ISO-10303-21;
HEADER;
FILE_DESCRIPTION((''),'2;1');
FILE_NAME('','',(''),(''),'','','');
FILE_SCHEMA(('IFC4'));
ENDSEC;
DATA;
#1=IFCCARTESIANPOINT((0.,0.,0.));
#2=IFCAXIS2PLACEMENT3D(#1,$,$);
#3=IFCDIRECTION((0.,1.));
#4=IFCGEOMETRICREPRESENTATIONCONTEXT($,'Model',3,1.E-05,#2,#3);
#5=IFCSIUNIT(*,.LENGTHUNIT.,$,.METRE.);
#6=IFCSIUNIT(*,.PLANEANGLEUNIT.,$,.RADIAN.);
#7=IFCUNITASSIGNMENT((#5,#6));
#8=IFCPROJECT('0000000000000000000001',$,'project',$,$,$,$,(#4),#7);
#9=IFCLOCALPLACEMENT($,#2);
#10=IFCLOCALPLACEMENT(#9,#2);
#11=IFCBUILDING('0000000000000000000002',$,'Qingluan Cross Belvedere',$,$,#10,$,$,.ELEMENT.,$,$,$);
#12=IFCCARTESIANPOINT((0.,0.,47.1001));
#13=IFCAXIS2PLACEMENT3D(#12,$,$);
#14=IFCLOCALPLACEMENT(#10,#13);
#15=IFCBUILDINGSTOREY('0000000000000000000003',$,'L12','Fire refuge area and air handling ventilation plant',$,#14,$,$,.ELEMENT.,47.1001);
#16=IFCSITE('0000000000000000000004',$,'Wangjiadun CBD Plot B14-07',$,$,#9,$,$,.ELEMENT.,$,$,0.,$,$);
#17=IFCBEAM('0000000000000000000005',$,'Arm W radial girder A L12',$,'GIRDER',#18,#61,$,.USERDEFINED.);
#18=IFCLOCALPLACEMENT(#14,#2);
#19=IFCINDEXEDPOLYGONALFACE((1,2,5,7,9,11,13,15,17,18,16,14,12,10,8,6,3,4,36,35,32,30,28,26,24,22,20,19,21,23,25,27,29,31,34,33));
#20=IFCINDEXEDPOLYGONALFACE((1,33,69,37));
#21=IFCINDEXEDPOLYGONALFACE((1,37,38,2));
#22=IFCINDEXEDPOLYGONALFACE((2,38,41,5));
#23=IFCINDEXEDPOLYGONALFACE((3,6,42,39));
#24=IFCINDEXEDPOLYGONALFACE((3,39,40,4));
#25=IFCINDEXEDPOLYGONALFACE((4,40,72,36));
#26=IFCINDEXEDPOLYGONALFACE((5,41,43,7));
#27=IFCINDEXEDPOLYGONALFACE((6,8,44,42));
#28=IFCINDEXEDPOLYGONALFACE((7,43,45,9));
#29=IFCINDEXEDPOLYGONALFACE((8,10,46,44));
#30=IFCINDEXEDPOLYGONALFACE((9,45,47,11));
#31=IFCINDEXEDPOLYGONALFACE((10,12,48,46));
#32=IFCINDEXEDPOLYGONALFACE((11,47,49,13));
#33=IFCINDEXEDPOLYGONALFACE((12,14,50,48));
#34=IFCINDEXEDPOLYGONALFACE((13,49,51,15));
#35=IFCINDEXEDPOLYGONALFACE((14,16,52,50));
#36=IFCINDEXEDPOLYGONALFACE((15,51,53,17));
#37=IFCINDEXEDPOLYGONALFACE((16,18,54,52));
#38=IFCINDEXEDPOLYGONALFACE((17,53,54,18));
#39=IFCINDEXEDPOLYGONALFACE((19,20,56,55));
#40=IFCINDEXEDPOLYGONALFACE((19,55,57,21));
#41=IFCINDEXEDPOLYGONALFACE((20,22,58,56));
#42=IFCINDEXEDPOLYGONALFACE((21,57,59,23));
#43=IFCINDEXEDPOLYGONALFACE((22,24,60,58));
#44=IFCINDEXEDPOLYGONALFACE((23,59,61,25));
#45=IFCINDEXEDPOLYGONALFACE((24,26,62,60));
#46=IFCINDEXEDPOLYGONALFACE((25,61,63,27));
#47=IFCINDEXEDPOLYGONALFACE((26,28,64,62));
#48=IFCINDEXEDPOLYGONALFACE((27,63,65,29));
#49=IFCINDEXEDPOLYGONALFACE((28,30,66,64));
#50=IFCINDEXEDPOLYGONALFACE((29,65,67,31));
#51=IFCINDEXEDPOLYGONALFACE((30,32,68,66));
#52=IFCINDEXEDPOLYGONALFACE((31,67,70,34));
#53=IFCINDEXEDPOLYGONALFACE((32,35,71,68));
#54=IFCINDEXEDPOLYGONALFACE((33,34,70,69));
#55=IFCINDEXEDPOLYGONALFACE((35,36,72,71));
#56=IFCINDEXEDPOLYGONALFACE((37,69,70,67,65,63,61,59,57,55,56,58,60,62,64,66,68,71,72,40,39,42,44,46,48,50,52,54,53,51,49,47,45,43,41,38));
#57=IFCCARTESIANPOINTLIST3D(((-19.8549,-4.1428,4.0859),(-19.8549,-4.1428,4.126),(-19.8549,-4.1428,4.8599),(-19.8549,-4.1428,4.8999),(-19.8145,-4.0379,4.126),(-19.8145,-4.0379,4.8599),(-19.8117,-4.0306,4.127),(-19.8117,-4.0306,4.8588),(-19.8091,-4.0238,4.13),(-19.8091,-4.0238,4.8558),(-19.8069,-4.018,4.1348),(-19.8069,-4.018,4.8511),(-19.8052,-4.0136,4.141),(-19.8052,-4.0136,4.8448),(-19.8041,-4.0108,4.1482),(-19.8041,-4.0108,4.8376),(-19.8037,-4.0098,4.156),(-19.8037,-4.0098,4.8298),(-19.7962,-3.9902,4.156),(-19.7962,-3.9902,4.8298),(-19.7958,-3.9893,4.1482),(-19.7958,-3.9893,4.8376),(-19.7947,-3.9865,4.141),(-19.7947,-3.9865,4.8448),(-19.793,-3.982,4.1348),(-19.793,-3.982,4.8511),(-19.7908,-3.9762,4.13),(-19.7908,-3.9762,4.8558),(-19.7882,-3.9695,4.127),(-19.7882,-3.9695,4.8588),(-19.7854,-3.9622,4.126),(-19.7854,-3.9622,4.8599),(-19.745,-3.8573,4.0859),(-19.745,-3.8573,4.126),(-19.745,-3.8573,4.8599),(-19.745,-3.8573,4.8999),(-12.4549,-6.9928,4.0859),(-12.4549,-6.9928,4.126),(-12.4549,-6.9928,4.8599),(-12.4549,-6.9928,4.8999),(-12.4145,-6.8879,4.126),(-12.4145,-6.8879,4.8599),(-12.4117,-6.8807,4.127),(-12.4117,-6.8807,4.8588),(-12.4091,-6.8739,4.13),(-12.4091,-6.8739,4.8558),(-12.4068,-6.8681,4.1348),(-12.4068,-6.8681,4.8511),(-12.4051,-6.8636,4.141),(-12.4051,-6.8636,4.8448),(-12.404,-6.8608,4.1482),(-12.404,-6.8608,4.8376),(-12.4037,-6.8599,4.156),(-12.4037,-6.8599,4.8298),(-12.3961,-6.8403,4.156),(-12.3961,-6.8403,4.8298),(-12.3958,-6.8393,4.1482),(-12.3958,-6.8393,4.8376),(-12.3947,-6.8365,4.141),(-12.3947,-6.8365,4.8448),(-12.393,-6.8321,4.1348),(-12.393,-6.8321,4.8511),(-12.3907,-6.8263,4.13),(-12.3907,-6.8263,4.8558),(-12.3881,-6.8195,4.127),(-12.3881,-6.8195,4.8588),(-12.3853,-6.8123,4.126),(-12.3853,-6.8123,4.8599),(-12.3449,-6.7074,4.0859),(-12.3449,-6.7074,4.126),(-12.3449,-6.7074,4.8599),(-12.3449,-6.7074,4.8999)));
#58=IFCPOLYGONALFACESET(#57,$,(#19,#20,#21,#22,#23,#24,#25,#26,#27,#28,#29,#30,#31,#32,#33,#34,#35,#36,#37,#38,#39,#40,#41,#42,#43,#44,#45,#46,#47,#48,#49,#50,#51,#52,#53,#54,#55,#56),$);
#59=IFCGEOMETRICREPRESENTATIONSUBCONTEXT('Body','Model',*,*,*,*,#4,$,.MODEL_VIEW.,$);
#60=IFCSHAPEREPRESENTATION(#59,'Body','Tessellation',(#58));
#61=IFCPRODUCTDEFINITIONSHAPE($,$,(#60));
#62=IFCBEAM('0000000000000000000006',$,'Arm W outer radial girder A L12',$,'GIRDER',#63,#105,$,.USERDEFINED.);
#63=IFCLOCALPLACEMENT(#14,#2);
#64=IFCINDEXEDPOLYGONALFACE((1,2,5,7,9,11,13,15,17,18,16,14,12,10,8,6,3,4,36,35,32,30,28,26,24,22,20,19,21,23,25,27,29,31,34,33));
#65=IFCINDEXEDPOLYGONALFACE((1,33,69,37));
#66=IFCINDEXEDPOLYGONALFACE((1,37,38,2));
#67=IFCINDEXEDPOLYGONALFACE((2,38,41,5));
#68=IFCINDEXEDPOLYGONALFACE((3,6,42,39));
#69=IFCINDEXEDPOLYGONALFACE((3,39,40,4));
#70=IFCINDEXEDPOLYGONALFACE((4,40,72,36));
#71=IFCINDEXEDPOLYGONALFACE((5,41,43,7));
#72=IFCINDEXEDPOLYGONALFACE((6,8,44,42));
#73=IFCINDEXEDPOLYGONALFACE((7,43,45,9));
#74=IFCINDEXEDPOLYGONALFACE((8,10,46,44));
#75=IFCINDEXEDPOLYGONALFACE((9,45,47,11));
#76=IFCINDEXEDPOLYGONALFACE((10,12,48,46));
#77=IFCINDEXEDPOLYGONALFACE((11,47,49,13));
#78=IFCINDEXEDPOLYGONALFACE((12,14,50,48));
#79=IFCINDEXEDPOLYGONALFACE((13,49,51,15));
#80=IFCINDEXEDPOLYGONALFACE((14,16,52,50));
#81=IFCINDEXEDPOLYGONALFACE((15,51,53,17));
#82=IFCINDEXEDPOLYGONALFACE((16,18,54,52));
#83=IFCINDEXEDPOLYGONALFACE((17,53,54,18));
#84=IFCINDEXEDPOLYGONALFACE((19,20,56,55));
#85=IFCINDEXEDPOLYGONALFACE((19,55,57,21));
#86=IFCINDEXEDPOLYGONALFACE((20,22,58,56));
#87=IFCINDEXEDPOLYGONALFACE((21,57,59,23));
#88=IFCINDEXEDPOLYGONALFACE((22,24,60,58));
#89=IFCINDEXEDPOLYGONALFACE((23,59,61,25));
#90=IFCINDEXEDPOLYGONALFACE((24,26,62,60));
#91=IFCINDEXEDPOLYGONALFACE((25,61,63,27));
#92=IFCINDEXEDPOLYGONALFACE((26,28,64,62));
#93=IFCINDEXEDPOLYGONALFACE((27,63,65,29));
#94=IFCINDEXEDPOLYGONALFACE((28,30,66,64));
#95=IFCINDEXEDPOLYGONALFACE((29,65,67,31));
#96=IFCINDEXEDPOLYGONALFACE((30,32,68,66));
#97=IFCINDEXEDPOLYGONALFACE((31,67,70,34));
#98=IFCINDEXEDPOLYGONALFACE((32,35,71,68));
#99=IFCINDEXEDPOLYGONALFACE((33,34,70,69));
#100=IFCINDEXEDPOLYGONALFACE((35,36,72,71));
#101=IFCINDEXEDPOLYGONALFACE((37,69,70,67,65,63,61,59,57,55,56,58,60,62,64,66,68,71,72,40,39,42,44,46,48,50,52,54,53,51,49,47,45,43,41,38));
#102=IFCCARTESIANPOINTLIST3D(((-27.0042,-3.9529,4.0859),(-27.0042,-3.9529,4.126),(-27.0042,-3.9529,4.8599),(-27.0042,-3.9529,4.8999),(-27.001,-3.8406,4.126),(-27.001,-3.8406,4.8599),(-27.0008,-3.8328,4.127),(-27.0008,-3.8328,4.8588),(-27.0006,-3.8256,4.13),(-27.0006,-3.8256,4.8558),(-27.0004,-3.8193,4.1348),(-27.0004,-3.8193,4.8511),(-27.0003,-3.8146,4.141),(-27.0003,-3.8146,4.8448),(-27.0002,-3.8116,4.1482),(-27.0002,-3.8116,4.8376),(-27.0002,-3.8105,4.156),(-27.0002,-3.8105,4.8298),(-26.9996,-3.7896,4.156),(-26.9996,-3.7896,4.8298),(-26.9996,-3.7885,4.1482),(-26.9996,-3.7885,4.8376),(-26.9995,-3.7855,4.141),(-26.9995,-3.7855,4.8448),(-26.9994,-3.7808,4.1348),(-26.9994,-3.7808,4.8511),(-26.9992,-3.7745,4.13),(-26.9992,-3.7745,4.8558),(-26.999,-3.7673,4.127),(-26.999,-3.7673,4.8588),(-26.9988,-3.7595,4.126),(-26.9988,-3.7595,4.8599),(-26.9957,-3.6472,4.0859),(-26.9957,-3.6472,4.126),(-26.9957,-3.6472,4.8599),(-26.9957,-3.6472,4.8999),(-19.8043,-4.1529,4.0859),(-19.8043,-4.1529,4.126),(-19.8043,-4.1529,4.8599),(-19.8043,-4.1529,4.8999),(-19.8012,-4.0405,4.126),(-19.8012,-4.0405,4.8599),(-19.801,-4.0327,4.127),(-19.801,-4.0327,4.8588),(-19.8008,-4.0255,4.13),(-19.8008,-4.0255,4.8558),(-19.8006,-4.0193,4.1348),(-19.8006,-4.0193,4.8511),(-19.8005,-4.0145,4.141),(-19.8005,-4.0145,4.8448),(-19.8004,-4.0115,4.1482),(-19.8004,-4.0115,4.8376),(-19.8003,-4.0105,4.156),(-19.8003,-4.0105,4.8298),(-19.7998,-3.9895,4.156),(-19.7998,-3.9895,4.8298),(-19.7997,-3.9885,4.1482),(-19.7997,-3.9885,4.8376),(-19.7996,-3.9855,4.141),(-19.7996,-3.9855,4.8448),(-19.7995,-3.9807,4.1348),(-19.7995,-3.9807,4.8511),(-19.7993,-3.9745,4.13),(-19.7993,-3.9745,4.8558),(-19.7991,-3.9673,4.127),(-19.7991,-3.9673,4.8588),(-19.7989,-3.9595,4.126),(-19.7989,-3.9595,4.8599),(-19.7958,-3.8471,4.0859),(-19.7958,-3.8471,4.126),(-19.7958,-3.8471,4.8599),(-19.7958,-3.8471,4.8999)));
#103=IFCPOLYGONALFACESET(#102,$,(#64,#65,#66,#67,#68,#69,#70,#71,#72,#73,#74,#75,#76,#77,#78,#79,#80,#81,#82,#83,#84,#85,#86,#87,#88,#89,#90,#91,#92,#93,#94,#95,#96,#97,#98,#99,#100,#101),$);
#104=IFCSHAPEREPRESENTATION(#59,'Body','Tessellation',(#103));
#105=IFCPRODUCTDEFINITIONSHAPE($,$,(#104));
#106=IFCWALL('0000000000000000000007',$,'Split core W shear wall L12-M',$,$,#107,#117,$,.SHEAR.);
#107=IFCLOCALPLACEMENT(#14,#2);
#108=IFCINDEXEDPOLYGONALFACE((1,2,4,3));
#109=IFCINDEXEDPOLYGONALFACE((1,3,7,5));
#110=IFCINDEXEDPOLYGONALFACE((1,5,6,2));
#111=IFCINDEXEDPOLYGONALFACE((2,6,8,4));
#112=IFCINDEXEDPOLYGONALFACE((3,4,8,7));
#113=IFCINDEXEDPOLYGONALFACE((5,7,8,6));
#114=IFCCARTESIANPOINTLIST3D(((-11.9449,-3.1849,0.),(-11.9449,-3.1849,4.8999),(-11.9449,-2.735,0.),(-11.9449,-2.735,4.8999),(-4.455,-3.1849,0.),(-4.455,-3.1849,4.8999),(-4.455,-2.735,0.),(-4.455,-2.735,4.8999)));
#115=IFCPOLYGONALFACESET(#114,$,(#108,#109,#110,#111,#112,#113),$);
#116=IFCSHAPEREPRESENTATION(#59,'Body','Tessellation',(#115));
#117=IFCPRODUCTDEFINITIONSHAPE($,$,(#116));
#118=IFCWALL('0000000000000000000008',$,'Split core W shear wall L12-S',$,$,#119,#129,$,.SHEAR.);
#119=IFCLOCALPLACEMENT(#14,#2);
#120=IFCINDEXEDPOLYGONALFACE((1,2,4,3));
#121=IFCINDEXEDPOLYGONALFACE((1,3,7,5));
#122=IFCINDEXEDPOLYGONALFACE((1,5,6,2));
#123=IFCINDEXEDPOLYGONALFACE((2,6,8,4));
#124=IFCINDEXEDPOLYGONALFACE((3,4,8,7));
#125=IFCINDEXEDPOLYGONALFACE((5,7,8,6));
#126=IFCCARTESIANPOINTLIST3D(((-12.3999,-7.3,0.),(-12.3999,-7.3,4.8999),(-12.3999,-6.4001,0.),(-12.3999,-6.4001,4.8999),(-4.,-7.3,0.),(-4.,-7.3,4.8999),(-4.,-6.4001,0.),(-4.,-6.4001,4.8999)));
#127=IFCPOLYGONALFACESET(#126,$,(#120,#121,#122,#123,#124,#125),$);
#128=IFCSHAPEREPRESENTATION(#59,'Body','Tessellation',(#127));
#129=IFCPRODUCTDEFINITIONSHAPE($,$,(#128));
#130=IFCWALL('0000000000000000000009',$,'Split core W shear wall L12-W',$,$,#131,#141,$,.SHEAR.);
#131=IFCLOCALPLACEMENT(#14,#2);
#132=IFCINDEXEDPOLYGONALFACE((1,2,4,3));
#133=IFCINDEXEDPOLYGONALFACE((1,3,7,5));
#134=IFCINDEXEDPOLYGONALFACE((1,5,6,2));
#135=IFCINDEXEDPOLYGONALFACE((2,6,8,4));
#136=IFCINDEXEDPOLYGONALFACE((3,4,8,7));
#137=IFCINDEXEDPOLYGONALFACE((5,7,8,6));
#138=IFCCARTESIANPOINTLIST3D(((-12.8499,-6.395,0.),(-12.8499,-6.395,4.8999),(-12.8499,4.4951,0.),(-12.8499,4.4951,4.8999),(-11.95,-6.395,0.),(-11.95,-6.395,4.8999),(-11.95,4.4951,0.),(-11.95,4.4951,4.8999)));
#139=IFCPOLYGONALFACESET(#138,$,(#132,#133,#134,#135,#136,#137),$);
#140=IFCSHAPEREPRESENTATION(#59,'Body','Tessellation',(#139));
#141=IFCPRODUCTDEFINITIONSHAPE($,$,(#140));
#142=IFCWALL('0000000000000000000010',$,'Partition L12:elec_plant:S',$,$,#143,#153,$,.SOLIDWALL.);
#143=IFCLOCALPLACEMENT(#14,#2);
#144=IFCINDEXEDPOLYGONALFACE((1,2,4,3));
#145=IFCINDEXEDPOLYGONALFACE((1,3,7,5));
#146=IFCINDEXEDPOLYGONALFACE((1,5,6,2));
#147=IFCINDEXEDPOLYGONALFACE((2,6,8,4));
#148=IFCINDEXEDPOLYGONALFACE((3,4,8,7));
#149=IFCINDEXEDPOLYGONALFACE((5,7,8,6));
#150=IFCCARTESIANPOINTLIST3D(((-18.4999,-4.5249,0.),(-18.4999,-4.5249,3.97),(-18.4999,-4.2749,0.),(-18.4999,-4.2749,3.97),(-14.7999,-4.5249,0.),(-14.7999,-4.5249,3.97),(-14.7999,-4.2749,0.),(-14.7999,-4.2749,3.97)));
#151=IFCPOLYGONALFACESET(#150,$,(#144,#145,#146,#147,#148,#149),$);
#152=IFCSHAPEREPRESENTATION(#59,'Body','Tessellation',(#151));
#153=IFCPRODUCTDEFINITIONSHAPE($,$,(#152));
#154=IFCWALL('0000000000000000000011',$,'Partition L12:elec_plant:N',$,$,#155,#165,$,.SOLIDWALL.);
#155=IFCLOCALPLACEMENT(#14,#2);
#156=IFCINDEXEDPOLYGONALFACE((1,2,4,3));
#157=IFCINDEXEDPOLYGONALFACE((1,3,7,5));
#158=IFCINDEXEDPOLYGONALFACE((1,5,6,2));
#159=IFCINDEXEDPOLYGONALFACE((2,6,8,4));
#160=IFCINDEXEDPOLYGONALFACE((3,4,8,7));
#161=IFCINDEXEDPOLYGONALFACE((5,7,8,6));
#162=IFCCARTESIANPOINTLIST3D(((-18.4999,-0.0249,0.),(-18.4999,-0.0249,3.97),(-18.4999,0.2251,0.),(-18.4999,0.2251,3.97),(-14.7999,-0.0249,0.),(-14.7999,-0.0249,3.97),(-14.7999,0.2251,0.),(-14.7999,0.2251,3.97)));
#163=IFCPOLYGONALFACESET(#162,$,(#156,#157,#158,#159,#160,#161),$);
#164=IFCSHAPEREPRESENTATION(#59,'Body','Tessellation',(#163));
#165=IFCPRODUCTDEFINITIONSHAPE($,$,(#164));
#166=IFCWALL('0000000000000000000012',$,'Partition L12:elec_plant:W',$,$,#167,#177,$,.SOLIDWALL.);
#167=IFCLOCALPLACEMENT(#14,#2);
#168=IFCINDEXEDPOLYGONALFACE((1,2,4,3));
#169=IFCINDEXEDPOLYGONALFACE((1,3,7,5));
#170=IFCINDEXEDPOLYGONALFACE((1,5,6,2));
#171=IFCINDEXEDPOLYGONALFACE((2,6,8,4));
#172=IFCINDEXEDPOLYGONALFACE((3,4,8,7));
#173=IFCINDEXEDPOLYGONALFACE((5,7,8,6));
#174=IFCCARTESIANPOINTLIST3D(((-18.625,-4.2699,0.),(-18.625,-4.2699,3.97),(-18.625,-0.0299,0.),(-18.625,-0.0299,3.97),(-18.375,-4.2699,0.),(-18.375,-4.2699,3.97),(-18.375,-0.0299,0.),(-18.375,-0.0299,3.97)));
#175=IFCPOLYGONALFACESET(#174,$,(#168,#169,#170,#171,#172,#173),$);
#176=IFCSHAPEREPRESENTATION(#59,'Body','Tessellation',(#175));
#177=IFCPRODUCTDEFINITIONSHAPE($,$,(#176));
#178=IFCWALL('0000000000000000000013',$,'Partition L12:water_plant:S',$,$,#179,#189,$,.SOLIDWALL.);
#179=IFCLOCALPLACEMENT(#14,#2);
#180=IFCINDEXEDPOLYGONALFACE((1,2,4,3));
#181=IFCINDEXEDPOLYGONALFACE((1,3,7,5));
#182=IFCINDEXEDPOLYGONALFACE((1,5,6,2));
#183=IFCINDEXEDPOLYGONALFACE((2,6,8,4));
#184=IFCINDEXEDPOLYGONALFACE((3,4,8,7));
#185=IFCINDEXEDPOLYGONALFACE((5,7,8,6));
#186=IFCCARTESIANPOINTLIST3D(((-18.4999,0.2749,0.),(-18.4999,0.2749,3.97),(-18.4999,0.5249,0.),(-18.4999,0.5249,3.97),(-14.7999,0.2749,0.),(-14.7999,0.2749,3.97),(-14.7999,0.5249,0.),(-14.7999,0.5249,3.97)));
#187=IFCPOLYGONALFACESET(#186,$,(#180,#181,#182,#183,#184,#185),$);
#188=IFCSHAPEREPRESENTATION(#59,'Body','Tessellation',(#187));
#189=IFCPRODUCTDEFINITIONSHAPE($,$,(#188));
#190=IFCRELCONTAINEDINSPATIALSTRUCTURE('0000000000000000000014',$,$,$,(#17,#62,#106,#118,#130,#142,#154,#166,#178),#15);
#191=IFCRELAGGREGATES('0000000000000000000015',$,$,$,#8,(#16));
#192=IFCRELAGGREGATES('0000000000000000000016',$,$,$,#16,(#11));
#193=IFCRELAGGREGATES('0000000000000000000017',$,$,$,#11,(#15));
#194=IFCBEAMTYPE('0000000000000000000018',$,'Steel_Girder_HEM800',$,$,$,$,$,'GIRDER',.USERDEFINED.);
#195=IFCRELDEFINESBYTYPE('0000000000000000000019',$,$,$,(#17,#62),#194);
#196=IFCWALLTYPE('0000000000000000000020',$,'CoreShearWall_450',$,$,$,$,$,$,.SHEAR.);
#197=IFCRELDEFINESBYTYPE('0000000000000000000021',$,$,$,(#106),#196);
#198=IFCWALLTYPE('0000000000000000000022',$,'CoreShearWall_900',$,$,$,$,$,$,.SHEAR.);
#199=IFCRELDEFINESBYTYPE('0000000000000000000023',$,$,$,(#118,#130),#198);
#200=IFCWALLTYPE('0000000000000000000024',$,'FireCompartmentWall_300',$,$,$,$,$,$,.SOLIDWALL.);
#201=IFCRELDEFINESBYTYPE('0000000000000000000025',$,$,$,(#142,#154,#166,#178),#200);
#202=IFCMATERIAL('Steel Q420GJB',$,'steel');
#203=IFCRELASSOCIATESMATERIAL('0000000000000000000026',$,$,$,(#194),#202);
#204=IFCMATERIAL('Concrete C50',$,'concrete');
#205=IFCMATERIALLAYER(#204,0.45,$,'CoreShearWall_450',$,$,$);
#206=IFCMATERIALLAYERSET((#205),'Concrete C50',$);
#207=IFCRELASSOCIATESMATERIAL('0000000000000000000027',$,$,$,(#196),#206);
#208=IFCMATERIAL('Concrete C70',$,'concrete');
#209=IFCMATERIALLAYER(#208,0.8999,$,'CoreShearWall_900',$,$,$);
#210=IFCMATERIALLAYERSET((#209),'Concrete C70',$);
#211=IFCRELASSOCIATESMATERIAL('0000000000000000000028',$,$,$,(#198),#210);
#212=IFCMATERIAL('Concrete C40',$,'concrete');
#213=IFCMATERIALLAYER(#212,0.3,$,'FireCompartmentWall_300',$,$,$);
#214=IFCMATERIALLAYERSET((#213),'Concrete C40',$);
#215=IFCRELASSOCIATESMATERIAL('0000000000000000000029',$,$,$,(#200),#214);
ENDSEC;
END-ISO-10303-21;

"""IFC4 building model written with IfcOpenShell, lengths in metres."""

from ifc_helpers import new_model, si_unit, direction, frame, frame_2d, origin, origin_2d, place, context, subcontext, project, spatial, rectangle, i_section, extrude, material, layer, layer_set, material_profile, profile_set, type_object, element, save


model = new_model("IFC4")

# Units and contexts
model_context = context("Model", 3, precision=1e-05, world=origin(), true_north=direction((0.0, 1.0)))
body_context = subcontext(model_context, "Body", "Model", "MODEL_VIEW")
ifc_project = project(units=[si_unit("LENGTHUNIT", "METRE"), si_unit("PLANEANGLEUNIT", "RADIAN")], contexts=[model_context])

# Site, building, storey
site_placement = place(None, origin())
site = spatial("IfcSite", under=ifc_project, at=site_placement, Name="Wangjiadun CBD Plot B14-07", CompositionType="ELEMENT", RefElevation=0.0)
building_placement = place(site_placement, origin())
building = spatial("IfcBuilding", under=site, at=building_placement, Name="Qingluan Cross Belvedere", CompositionType="ELEMENT")
storey_placement = place(building_placement, frame((0.0, 0.0, 47.1001)))
storey = spatial("IfcBuildingStorey", under=building, at=storey_placement, Name="L12", Description="Fire refuge area and air handling ventilation plant", CompositionType="ELEMENT", Elevation=47.1001)

# Beams
ifc_material_1 = material(Name="Steel Q420GJB", Category="steel")
ifc_material_profile_1 = material_profile(ifc_material_1, i_section(OverallWidth=0.3059, OverallDepth=0.814, WebThickness=0.021, FlangeThickness=0.04, FilletRadius=0.03, at=origin_2d()), Name="HEM800")
ifc_profile_set_1 = profile_set([ifc_material_profile_1], Name="Steel Q420GJB")
beam_type_1 = type_object("IfcBeamType", Name="Steel_Girder_HEM800", ElementType="GIRDER", PredefinedType="USERDEFINED", material=ifc_profile_set_1)
beam_1_placement = place(storey_placement, frame((-12.3999, -6.8501, 4.4929), z_axis=(-0.933181, 0.359406, 0.0), x_axis=(-0.359406, -0.933181, 0.0)))
element("IfcBeam", 1, at=beam_1_placement, inside=storey, type_object=beam_type_1, Name="Arm W radial girder A L12", ObjectType="GIRDER", PredefinedType="USERDEFINED", context=body_context, shape_type="SweptSolid", body=[
    extrude(i_section(OverallWidth=0.3059, OverallDepth=0.814, WebThickness=0.021, FlangeThickness=0.04, FilletRadius=0.03, at=origin_2d()), origin(), (0.0, 0.0, 1.0), 7.9299),
])
beam_2_placement = place(storey_placement, frame((-19.8, -4.0, 4.4929), z_axis=(-0.999615, 0.02776, 0.0), x_axis=(-0.02776, -0.999615, 0.0)))
element("IfcBeam", 2, at=beam_2_placement, inside=storey, type_object=beam_type_1, Name="Arm W outer radial girder A L12", ObjectType="GIRDER", PredefinedType="USERDEFINED", context=body_context, shape_type="SweptSolid", body=[
    extrude(i_section(OverallWidth=0.3059, OverallDepth=0.814, WebThickness=0.021, FlangeThickness=0.04, FilletRadius=0.03, at=origin_2d()), origin(), (0.0, 0.0, 1.0), 7.2026),
])

# Walls
ifc_material_2 = material(Name="Concrete C50", Category="concrete")
ifc_layer_1 = layer(ifc_material_2, 0.45, Name="CoreShearWall_450")
ifc_layer_set_1 = layer_set([ifc_layer_1], Name="Concrete C50")
wall_type_1 = type_object("IfcWallType", Name="CoreShearWall_450", PredefinedType="SHEAR", material=ifc_layer_set_1)
wall_1_placement = place(storey_placement, frame((-11.9451, -2.96, 0.0), z_axis=(0.0, 0.0, 1.0), x_axis=(1.0, 0.0, 0.0)))
element("IfcWall", 3, at=wall_1_placement, inside=storey, type_object=wall_type_1, Name="Split core W shear wall L12-M", PredefinedType="SHEAR", context=body_context, shape_type="SweptSolid", body=[
    extrude(rectangle(XDim=7.49, YDim=0.45, at=frame_2d((3.7451, 0.0))), origin(), (0.0, 0.0, 1.0), 4.8999),
])
ifc_material_3 = material(Name="Concrete C70", Category="concrete")
ifc_layer_2 = layer(ifc_material_3, 0.8999, Name="CoreShearWall_900")
ifc_layer_set_2 = layer_set([ifc_layer_2], Name="Concrete C70")
wall_type_2 = type_object("IfcWallType", Name="CoreShearWall_900", PredefinedType="SHEAR", material=ifc_layer_set_2)
wall_2_placement = place(storey_placement, frame((-12.3999, -6.8501, 0.0), z_axis=(0.0, 0.0, 1.0), x_axis=(1.0, 0.0, 0.0)))
element("IfcWall", 4, at=wall_2_placement, inside=storey, type_object=wall_type_2, Name="Split core W shear wall L12-S", PredefinedType="SHEAR", context=body_context, shape_type="SweptSolid", body=[
    extrude(rectangle(XDim=8.3999, YDim=0.8999, at=frame_2d((4.2, 0.0))), origin(), (0.0, 0.0, 1.0), 4.8999),
])
wall_3_placement = place(storey_placement, frame((-12.3999, -6.395, 0.0), z_axis=(0.0, 0.0, 1.0), x_axis=(0.0, 1.0, 0.0)))
element("IfcWall", 5, at=wall_3_placement, inside=storey, type_object=wall_type_2, Name="Split core W shear wall L12-W", PredefinedType="SHEAR", context=body_context, shape_type="SweptSolid", body=[
    extrude(rectangle(XDim=10.8901, YDim=0.8999, at=frame_2d((5.4451, 0.0))), origin(), (0.0, 0.0, 1.0), 4.8999),
])
ifc_material_4 = material(Name="Concrete C40", Category="concrete")
ifc_layer_3 = layer(ifc_material_4, 0.3, Name="FireCompartmentWall_300")
ifc_layer_set_3 = layer_set([ifc_layer_3], Name="Concrete C40")
wall_type_3 = type_object("IfcWallType", Name="FireCompartmentWall_300", PredefinedType="SOLIDWALL", material=ifc_layer_set_3)
for number, where, z_axis, x_axis, name in (
    (6, (-18.5, -4.3999, 0.0), (0.0, 0.0, 1.0), (1.0, 0.0, 0.0), "Partition L12:elec_plant:S"),
    (7, (-18.5, 0.1001, 0.0), (0.0, 0.0, 1.0), (1.0, 0.0, 0.0), "Partition L12:elec_plant:N"),
):
    element("IfcWall", number, at=place(storey_placement, frame(where, z_axis=z_axis, x_axis=x_axis)), inside=storey, type_object=wall_type_3, Name=name, PredefinedType="SOLIDWALL", context=body_context, shape_type="SweptSolid", body=[
        extrude(rectangle(XDim=3.7, YDim=0.25, at=frame_2d((1.8501, 0.0))), origin(), (0.0, 0.0, 1.0), 3.97),
    ])
wall_4_placement = place(storey_placement, frame((-18.5, -4.27, 0.0), z_axis=(0.0, 0.0, 1.0), x_axis=(0.0, 1.0, 0.0)))
element("IfcWall", 8, at=wall_4_placement, inside=storey, type_object=wall_type_3, Name="Partition L12:elec_plant:W", PredefinedType="SOLIDWALL", context=body_context, shape_type="SweptSolid", body=[
    extrude(rectangle(XDim=4.24, YDim=0.25, at=frame_2d((2.1201, 0.0))), origin(), (0.0, 0.0, 1.0), 3.97),
])

# Wall
wall_5_placement = place(storey_placement, frame((-18.5, 0.3999, 0.0), z_axis=(0.0, 0.0, 1.0), x_axis=(1.0, 0.0, 0.0)))
element("IfcWall", 9, at=wall_5_placement, inside=storey, type_object=wall_type_3, Name="Partition L12:water_plant:S", PredefinedType="SOLIDWALL", context=body_context, shape_type="SweptSolid", body=[
    extrude(rectangle(XDim=3.7, YDim=0.25, at=frame_2d((1.8501, 0.0))), origin(), (0.0, 0.0, 1.0), 3.97),
])

save(model, "model.ifc")
